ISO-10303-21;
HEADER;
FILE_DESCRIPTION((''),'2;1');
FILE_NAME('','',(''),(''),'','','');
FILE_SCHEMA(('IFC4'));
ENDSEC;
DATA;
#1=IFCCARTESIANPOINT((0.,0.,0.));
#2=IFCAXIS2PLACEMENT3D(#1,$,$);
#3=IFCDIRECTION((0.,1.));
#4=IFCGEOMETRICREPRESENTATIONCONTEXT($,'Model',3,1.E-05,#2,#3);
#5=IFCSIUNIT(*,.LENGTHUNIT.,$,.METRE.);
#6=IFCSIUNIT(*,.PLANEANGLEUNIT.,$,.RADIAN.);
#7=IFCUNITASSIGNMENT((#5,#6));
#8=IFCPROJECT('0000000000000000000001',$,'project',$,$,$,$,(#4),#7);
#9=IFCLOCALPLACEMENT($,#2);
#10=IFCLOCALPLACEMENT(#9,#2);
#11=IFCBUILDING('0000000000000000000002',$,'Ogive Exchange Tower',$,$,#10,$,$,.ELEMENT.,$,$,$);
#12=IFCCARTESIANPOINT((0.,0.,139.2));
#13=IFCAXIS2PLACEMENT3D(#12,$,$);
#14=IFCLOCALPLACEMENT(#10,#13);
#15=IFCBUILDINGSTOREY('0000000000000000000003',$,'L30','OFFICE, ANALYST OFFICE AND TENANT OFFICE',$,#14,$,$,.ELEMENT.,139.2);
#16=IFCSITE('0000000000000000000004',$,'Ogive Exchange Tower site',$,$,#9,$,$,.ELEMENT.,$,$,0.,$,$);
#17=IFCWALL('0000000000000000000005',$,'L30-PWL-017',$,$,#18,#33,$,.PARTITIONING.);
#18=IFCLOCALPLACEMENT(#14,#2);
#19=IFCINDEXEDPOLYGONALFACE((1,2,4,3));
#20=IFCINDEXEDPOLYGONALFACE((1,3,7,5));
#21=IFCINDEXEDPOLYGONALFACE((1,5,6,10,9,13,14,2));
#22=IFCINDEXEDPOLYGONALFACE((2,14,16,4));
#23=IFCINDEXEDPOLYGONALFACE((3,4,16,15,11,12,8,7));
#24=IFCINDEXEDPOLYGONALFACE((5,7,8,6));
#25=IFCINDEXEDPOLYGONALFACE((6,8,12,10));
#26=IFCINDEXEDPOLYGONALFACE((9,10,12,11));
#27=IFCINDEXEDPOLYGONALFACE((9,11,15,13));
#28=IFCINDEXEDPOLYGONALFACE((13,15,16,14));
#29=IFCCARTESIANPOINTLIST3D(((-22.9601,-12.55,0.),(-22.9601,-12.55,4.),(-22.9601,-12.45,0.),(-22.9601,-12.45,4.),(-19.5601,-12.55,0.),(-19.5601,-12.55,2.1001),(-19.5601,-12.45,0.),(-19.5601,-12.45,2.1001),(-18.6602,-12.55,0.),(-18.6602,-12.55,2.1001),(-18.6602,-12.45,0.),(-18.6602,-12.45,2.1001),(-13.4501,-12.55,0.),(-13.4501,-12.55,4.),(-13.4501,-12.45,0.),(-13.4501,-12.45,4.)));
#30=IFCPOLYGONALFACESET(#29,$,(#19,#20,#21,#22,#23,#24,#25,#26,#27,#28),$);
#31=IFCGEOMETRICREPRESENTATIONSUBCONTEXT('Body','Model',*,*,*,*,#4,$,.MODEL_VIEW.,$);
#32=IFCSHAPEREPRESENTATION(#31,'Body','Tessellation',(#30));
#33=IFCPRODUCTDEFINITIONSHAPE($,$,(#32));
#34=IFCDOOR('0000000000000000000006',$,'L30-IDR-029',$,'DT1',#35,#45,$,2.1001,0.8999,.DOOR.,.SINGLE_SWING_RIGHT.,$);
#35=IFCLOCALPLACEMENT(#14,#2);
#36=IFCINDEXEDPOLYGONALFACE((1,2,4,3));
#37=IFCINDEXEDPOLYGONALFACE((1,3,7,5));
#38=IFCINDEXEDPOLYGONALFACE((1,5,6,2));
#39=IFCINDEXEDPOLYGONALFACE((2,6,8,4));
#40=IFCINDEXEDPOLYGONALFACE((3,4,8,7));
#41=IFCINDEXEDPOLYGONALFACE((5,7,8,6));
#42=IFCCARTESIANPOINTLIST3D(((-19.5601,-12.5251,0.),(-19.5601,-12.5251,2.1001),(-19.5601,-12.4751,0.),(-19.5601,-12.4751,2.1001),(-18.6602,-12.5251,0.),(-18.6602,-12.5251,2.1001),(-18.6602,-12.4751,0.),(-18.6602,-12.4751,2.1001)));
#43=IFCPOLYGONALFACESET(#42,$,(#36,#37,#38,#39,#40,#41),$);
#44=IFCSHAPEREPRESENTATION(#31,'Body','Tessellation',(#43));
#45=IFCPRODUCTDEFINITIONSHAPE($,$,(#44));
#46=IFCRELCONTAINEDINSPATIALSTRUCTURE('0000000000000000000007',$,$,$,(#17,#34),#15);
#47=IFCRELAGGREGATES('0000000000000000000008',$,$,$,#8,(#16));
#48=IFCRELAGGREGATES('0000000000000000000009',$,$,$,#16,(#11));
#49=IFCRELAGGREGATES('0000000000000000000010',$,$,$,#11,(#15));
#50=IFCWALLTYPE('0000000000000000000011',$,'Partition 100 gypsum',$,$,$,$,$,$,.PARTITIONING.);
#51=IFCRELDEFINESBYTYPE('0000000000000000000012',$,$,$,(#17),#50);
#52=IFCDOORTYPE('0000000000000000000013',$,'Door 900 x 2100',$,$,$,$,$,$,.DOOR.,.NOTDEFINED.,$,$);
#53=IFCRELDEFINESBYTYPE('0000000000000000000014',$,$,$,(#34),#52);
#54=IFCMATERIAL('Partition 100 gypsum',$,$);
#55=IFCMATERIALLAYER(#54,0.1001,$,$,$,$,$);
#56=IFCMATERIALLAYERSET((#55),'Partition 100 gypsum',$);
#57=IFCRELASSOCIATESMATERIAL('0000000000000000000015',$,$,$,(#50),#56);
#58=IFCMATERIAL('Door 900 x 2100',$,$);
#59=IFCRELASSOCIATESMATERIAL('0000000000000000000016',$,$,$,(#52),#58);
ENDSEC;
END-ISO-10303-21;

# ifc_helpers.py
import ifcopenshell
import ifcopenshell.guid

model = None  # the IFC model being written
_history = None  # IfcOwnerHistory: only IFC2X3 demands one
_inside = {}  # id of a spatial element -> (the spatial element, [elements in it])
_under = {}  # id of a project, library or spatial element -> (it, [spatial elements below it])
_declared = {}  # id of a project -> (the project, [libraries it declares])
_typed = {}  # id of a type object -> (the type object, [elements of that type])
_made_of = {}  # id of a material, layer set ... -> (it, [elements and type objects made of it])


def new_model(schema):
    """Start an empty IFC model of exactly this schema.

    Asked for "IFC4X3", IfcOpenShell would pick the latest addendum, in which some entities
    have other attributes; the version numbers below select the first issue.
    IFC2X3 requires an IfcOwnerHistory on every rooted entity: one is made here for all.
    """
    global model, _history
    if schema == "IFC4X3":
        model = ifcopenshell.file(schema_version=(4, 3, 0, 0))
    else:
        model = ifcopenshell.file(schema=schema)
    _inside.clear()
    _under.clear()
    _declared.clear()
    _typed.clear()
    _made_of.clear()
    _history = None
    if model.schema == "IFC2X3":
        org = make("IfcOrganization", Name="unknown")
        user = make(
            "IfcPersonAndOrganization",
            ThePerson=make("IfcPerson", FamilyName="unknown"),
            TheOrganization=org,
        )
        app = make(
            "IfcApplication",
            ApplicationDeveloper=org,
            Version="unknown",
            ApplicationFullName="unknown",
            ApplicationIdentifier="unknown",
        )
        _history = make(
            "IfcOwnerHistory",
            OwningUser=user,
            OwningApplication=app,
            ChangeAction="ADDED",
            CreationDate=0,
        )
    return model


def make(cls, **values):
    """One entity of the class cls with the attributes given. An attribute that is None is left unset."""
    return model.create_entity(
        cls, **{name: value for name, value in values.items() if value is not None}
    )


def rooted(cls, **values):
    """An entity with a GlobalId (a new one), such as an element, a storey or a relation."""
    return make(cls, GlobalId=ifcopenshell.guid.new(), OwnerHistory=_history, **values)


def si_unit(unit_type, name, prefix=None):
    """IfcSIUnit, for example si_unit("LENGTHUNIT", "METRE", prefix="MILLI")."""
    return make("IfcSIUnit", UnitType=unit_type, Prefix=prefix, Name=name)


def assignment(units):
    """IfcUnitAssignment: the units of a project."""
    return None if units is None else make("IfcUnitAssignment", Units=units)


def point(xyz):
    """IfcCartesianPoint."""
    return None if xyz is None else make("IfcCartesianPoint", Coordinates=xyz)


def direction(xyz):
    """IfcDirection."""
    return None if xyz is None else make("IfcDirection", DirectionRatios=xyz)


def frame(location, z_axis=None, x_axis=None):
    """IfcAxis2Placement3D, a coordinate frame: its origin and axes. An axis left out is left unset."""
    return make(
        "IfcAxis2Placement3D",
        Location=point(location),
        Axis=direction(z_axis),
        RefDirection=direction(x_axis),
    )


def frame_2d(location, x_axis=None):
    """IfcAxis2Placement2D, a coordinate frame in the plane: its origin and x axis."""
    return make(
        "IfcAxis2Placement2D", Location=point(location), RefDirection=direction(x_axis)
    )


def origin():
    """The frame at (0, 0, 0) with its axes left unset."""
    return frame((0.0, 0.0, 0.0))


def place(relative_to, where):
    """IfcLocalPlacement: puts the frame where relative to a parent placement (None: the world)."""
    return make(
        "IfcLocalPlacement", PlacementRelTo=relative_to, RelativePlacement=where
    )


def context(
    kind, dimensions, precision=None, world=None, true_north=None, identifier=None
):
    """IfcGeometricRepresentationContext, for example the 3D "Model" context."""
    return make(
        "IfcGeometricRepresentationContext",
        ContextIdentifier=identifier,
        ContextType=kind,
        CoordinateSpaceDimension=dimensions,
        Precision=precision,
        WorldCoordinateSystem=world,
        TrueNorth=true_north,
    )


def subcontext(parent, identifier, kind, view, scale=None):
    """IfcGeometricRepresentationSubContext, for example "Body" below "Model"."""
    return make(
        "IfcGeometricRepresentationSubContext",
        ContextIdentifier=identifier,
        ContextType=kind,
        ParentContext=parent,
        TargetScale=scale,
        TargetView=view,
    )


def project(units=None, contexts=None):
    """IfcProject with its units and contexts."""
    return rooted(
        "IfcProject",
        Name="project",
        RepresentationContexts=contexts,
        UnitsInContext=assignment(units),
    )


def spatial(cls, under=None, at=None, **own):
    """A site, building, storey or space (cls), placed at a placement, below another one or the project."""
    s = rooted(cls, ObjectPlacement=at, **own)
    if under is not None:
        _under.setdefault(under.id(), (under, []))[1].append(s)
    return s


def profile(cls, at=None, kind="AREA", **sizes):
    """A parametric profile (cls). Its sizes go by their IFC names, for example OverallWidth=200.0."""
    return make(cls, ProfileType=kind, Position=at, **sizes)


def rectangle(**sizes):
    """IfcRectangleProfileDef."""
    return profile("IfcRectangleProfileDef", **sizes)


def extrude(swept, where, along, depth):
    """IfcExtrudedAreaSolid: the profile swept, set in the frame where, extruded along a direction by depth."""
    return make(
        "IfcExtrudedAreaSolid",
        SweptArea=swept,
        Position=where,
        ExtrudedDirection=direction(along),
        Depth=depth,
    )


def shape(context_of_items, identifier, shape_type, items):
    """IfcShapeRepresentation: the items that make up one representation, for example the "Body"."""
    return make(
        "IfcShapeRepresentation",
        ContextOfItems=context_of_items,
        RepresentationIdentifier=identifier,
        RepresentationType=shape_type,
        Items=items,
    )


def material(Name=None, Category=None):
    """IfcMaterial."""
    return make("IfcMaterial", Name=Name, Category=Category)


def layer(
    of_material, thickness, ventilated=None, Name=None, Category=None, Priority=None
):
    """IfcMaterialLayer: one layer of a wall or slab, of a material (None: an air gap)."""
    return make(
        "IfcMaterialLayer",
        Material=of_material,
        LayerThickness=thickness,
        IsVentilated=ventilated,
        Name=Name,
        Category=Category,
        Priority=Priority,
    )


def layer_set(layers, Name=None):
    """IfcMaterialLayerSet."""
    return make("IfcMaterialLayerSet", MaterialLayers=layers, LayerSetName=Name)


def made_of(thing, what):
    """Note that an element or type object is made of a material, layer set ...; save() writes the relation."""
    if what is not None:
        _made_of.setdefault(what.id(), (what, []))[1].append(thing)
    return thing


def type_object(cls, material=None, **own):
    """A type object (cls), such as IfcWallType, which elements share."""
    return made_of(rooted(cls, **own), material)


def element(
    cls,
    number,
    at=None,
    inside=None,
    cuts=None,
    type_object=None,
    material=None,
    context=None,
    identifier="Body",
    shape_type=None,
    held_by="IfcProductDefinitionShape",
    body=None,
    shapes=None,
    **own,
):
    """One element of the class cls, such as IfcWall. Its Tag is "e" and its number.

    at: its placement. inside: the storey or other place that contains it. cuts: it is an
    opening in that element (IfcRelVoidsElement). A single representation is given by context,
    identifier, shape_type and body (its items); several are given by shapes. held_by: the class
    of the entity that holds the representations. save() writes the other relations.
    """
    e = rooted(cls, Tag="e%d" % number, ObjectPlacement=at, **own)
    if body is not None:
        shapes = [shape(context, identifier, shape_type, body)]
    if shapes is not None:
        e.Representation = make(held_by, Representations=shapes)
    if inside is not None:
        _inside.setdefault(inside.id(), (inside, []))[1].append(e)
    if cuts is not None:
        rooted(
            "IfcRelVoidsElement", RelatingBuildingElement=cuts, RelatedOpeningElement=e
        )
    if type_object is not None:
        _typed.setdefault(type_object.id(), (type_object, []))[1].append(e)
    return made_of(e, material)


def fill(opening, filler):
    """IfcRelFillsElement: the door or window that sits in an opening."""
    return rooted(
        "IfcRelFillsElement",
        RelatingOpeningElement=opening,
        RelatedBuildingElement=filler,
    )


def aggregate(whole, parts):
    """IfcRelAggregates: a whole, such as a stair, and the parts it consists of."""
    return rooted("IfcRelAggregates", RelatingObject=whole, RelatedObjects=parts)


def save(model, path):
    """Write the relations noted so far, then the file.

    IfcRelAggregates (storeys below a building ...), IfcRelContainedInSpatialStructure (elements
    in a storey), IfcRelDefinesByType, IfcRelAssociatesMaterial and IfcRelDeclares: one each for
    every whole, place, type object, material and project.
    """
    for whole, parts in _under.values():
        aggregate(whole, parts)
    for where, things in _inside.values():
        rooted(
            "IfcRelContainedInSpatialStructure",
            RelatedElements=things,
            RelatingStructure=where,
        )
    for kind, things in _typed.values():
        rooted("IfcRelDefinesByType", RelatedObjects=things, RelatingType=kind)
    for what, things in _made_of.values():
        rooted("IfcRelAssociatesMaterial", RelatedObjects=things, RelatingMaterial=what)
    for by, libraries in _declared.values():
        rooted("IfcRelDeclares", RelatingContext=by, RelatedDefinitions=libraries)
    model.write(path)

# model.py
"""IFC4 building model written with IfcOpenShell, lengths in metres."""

from ifc_helpers import new_model, si_unit, direction, frame, frame_2d, origin, place, context, subcontext, project, spatial, rectangle, extrude, material, layer, layer_set, type_object, element, fill, save


model = new_model("IFC4")

# Units and contexts
model_context = context("Model", 3, precision=1e-05, world=origin(), true_north=direction((0.0, 1.0)))
body_context = subcontext(model_context, "Body", "Model", "MODEL_VIEW")
ifc_project = project(units=[si_unit("LENGTHUNIT", "METRE"), si_unit("PLANEANGLEUNIT", "RADIAN")], contexts=[model_context])

# Site, building, storey
site_placement = place(None, origin())
site = spatial("IfcSite", under=ifc_project, at=site_placement, Name="Ogive Exchange Tower site", CompositionType="ELEMENT", RefElevation=0.0)
building_placement = place(site_placement, origin())
building = spatial("IfcBuilding", under=site, at=building_placement, Name="Ogive Exchange Tower", CompositionType="ELEMENT")
storey_placement = place(building_placement, frame((0.0, 0.0, 139.2)))
storey = spatial("IfcBuildingStorey", under=building, at=storey_placement, Name="L30", Description="OFFICE, ANALYST OFFICE AND TENANT OFFICE", CompositionType="ELEMENT", Elevation=139.2)

# Shared definitions
ifc_material_1 = material(Name="Partition 100 gypsum")
ifc_layer_1 = layer(ifc_material_1, 0.1001)
ifc_layer_set_1 = layer_set([ifc_layer_1], Name="Partition 100 gypsum")
wall_type_1 = type_object("IfcWallType", Name="Partition 100 gypsum", PredefinedType="PARTITIONING", material=ifc_layer_set_1)

# Wall, opening, door
wall_1_placement = place(storey_placement, frame((-22.96, -12.5, 0.0), z_axis=(0.0, 0.0, 1.0), x_axis=(1.0, 0.0, 0.0)))
wall_1 = element("IfcWall", 1, at=wall_1_placement, inside=storey, type_object=wall_type_1, Name="L30-PWL-017", PredefinedType="PARTITIONING", context=body_context, shape_type="SweptSolid", body=[
    extrude(rectangle(XDim=9.51, YDim=0.1001, at=frame_2d((4.7549, 0.0))), origin(), (0.0, 0.0, 1.0), 4.0),
])
opening_1_placement = place(wall_1_placement, frame((3.3999, 0.0, 0.0)))
opening_1 = element("IfcOpeningElement", 2, at=opening_1_placement, cuts=wall_1, PredefinedType="OPENING", context=body_context, shape_type="SweptSolid", body=[
    extrude(rectangle(XDim=0.8999, YDim=2.1001, at=frame_2d((0.45, 1.05))), frame((0.0, 0.0601, 0.0), z_axis=(0.0, -1.0, 0.0), x_axis=(1.0, 0.0, 0.0)), (0.0, 0.0, 1.0), 0.1201),
])
ifc_material_2 = material(Name="Door 900 x 2100")
door_type_1 = type_object("IfcDoorType", Name="Door 900 x 2100", OperationType="NOTDEFINED", PredefinedType="DOOR", material=ifc_material_2)
door_1_placement = place(opening_1_placement, origin())
door_1 = element("IfcDoor", 3, at=door_1_placement, inside=storey, type_object=door_type_1, Name="L30-IDR-029", ObjectType="DT1", OperationType="SINGLE_SWING_RIGHT", OverallHeight=2.1001, OverallWidth=0.8999, PredefinedType="DOOR", context=body_context, shape_type="SweptSolid", body=[
    extrude(rectangle(XDim=0.8999, YDim=2.1001, at=frame_2d((0.45, 1.05))), frame((0.0, 0.0249, 0.0), z_axis=(0.0, -1.0, 0.0), x_axis=(1.0, 0.0, 0.0)), (0.0, 0.0, 1.0), 0.05),
])
fill(opening_1, door_1)

save(model, "model.ifc")
